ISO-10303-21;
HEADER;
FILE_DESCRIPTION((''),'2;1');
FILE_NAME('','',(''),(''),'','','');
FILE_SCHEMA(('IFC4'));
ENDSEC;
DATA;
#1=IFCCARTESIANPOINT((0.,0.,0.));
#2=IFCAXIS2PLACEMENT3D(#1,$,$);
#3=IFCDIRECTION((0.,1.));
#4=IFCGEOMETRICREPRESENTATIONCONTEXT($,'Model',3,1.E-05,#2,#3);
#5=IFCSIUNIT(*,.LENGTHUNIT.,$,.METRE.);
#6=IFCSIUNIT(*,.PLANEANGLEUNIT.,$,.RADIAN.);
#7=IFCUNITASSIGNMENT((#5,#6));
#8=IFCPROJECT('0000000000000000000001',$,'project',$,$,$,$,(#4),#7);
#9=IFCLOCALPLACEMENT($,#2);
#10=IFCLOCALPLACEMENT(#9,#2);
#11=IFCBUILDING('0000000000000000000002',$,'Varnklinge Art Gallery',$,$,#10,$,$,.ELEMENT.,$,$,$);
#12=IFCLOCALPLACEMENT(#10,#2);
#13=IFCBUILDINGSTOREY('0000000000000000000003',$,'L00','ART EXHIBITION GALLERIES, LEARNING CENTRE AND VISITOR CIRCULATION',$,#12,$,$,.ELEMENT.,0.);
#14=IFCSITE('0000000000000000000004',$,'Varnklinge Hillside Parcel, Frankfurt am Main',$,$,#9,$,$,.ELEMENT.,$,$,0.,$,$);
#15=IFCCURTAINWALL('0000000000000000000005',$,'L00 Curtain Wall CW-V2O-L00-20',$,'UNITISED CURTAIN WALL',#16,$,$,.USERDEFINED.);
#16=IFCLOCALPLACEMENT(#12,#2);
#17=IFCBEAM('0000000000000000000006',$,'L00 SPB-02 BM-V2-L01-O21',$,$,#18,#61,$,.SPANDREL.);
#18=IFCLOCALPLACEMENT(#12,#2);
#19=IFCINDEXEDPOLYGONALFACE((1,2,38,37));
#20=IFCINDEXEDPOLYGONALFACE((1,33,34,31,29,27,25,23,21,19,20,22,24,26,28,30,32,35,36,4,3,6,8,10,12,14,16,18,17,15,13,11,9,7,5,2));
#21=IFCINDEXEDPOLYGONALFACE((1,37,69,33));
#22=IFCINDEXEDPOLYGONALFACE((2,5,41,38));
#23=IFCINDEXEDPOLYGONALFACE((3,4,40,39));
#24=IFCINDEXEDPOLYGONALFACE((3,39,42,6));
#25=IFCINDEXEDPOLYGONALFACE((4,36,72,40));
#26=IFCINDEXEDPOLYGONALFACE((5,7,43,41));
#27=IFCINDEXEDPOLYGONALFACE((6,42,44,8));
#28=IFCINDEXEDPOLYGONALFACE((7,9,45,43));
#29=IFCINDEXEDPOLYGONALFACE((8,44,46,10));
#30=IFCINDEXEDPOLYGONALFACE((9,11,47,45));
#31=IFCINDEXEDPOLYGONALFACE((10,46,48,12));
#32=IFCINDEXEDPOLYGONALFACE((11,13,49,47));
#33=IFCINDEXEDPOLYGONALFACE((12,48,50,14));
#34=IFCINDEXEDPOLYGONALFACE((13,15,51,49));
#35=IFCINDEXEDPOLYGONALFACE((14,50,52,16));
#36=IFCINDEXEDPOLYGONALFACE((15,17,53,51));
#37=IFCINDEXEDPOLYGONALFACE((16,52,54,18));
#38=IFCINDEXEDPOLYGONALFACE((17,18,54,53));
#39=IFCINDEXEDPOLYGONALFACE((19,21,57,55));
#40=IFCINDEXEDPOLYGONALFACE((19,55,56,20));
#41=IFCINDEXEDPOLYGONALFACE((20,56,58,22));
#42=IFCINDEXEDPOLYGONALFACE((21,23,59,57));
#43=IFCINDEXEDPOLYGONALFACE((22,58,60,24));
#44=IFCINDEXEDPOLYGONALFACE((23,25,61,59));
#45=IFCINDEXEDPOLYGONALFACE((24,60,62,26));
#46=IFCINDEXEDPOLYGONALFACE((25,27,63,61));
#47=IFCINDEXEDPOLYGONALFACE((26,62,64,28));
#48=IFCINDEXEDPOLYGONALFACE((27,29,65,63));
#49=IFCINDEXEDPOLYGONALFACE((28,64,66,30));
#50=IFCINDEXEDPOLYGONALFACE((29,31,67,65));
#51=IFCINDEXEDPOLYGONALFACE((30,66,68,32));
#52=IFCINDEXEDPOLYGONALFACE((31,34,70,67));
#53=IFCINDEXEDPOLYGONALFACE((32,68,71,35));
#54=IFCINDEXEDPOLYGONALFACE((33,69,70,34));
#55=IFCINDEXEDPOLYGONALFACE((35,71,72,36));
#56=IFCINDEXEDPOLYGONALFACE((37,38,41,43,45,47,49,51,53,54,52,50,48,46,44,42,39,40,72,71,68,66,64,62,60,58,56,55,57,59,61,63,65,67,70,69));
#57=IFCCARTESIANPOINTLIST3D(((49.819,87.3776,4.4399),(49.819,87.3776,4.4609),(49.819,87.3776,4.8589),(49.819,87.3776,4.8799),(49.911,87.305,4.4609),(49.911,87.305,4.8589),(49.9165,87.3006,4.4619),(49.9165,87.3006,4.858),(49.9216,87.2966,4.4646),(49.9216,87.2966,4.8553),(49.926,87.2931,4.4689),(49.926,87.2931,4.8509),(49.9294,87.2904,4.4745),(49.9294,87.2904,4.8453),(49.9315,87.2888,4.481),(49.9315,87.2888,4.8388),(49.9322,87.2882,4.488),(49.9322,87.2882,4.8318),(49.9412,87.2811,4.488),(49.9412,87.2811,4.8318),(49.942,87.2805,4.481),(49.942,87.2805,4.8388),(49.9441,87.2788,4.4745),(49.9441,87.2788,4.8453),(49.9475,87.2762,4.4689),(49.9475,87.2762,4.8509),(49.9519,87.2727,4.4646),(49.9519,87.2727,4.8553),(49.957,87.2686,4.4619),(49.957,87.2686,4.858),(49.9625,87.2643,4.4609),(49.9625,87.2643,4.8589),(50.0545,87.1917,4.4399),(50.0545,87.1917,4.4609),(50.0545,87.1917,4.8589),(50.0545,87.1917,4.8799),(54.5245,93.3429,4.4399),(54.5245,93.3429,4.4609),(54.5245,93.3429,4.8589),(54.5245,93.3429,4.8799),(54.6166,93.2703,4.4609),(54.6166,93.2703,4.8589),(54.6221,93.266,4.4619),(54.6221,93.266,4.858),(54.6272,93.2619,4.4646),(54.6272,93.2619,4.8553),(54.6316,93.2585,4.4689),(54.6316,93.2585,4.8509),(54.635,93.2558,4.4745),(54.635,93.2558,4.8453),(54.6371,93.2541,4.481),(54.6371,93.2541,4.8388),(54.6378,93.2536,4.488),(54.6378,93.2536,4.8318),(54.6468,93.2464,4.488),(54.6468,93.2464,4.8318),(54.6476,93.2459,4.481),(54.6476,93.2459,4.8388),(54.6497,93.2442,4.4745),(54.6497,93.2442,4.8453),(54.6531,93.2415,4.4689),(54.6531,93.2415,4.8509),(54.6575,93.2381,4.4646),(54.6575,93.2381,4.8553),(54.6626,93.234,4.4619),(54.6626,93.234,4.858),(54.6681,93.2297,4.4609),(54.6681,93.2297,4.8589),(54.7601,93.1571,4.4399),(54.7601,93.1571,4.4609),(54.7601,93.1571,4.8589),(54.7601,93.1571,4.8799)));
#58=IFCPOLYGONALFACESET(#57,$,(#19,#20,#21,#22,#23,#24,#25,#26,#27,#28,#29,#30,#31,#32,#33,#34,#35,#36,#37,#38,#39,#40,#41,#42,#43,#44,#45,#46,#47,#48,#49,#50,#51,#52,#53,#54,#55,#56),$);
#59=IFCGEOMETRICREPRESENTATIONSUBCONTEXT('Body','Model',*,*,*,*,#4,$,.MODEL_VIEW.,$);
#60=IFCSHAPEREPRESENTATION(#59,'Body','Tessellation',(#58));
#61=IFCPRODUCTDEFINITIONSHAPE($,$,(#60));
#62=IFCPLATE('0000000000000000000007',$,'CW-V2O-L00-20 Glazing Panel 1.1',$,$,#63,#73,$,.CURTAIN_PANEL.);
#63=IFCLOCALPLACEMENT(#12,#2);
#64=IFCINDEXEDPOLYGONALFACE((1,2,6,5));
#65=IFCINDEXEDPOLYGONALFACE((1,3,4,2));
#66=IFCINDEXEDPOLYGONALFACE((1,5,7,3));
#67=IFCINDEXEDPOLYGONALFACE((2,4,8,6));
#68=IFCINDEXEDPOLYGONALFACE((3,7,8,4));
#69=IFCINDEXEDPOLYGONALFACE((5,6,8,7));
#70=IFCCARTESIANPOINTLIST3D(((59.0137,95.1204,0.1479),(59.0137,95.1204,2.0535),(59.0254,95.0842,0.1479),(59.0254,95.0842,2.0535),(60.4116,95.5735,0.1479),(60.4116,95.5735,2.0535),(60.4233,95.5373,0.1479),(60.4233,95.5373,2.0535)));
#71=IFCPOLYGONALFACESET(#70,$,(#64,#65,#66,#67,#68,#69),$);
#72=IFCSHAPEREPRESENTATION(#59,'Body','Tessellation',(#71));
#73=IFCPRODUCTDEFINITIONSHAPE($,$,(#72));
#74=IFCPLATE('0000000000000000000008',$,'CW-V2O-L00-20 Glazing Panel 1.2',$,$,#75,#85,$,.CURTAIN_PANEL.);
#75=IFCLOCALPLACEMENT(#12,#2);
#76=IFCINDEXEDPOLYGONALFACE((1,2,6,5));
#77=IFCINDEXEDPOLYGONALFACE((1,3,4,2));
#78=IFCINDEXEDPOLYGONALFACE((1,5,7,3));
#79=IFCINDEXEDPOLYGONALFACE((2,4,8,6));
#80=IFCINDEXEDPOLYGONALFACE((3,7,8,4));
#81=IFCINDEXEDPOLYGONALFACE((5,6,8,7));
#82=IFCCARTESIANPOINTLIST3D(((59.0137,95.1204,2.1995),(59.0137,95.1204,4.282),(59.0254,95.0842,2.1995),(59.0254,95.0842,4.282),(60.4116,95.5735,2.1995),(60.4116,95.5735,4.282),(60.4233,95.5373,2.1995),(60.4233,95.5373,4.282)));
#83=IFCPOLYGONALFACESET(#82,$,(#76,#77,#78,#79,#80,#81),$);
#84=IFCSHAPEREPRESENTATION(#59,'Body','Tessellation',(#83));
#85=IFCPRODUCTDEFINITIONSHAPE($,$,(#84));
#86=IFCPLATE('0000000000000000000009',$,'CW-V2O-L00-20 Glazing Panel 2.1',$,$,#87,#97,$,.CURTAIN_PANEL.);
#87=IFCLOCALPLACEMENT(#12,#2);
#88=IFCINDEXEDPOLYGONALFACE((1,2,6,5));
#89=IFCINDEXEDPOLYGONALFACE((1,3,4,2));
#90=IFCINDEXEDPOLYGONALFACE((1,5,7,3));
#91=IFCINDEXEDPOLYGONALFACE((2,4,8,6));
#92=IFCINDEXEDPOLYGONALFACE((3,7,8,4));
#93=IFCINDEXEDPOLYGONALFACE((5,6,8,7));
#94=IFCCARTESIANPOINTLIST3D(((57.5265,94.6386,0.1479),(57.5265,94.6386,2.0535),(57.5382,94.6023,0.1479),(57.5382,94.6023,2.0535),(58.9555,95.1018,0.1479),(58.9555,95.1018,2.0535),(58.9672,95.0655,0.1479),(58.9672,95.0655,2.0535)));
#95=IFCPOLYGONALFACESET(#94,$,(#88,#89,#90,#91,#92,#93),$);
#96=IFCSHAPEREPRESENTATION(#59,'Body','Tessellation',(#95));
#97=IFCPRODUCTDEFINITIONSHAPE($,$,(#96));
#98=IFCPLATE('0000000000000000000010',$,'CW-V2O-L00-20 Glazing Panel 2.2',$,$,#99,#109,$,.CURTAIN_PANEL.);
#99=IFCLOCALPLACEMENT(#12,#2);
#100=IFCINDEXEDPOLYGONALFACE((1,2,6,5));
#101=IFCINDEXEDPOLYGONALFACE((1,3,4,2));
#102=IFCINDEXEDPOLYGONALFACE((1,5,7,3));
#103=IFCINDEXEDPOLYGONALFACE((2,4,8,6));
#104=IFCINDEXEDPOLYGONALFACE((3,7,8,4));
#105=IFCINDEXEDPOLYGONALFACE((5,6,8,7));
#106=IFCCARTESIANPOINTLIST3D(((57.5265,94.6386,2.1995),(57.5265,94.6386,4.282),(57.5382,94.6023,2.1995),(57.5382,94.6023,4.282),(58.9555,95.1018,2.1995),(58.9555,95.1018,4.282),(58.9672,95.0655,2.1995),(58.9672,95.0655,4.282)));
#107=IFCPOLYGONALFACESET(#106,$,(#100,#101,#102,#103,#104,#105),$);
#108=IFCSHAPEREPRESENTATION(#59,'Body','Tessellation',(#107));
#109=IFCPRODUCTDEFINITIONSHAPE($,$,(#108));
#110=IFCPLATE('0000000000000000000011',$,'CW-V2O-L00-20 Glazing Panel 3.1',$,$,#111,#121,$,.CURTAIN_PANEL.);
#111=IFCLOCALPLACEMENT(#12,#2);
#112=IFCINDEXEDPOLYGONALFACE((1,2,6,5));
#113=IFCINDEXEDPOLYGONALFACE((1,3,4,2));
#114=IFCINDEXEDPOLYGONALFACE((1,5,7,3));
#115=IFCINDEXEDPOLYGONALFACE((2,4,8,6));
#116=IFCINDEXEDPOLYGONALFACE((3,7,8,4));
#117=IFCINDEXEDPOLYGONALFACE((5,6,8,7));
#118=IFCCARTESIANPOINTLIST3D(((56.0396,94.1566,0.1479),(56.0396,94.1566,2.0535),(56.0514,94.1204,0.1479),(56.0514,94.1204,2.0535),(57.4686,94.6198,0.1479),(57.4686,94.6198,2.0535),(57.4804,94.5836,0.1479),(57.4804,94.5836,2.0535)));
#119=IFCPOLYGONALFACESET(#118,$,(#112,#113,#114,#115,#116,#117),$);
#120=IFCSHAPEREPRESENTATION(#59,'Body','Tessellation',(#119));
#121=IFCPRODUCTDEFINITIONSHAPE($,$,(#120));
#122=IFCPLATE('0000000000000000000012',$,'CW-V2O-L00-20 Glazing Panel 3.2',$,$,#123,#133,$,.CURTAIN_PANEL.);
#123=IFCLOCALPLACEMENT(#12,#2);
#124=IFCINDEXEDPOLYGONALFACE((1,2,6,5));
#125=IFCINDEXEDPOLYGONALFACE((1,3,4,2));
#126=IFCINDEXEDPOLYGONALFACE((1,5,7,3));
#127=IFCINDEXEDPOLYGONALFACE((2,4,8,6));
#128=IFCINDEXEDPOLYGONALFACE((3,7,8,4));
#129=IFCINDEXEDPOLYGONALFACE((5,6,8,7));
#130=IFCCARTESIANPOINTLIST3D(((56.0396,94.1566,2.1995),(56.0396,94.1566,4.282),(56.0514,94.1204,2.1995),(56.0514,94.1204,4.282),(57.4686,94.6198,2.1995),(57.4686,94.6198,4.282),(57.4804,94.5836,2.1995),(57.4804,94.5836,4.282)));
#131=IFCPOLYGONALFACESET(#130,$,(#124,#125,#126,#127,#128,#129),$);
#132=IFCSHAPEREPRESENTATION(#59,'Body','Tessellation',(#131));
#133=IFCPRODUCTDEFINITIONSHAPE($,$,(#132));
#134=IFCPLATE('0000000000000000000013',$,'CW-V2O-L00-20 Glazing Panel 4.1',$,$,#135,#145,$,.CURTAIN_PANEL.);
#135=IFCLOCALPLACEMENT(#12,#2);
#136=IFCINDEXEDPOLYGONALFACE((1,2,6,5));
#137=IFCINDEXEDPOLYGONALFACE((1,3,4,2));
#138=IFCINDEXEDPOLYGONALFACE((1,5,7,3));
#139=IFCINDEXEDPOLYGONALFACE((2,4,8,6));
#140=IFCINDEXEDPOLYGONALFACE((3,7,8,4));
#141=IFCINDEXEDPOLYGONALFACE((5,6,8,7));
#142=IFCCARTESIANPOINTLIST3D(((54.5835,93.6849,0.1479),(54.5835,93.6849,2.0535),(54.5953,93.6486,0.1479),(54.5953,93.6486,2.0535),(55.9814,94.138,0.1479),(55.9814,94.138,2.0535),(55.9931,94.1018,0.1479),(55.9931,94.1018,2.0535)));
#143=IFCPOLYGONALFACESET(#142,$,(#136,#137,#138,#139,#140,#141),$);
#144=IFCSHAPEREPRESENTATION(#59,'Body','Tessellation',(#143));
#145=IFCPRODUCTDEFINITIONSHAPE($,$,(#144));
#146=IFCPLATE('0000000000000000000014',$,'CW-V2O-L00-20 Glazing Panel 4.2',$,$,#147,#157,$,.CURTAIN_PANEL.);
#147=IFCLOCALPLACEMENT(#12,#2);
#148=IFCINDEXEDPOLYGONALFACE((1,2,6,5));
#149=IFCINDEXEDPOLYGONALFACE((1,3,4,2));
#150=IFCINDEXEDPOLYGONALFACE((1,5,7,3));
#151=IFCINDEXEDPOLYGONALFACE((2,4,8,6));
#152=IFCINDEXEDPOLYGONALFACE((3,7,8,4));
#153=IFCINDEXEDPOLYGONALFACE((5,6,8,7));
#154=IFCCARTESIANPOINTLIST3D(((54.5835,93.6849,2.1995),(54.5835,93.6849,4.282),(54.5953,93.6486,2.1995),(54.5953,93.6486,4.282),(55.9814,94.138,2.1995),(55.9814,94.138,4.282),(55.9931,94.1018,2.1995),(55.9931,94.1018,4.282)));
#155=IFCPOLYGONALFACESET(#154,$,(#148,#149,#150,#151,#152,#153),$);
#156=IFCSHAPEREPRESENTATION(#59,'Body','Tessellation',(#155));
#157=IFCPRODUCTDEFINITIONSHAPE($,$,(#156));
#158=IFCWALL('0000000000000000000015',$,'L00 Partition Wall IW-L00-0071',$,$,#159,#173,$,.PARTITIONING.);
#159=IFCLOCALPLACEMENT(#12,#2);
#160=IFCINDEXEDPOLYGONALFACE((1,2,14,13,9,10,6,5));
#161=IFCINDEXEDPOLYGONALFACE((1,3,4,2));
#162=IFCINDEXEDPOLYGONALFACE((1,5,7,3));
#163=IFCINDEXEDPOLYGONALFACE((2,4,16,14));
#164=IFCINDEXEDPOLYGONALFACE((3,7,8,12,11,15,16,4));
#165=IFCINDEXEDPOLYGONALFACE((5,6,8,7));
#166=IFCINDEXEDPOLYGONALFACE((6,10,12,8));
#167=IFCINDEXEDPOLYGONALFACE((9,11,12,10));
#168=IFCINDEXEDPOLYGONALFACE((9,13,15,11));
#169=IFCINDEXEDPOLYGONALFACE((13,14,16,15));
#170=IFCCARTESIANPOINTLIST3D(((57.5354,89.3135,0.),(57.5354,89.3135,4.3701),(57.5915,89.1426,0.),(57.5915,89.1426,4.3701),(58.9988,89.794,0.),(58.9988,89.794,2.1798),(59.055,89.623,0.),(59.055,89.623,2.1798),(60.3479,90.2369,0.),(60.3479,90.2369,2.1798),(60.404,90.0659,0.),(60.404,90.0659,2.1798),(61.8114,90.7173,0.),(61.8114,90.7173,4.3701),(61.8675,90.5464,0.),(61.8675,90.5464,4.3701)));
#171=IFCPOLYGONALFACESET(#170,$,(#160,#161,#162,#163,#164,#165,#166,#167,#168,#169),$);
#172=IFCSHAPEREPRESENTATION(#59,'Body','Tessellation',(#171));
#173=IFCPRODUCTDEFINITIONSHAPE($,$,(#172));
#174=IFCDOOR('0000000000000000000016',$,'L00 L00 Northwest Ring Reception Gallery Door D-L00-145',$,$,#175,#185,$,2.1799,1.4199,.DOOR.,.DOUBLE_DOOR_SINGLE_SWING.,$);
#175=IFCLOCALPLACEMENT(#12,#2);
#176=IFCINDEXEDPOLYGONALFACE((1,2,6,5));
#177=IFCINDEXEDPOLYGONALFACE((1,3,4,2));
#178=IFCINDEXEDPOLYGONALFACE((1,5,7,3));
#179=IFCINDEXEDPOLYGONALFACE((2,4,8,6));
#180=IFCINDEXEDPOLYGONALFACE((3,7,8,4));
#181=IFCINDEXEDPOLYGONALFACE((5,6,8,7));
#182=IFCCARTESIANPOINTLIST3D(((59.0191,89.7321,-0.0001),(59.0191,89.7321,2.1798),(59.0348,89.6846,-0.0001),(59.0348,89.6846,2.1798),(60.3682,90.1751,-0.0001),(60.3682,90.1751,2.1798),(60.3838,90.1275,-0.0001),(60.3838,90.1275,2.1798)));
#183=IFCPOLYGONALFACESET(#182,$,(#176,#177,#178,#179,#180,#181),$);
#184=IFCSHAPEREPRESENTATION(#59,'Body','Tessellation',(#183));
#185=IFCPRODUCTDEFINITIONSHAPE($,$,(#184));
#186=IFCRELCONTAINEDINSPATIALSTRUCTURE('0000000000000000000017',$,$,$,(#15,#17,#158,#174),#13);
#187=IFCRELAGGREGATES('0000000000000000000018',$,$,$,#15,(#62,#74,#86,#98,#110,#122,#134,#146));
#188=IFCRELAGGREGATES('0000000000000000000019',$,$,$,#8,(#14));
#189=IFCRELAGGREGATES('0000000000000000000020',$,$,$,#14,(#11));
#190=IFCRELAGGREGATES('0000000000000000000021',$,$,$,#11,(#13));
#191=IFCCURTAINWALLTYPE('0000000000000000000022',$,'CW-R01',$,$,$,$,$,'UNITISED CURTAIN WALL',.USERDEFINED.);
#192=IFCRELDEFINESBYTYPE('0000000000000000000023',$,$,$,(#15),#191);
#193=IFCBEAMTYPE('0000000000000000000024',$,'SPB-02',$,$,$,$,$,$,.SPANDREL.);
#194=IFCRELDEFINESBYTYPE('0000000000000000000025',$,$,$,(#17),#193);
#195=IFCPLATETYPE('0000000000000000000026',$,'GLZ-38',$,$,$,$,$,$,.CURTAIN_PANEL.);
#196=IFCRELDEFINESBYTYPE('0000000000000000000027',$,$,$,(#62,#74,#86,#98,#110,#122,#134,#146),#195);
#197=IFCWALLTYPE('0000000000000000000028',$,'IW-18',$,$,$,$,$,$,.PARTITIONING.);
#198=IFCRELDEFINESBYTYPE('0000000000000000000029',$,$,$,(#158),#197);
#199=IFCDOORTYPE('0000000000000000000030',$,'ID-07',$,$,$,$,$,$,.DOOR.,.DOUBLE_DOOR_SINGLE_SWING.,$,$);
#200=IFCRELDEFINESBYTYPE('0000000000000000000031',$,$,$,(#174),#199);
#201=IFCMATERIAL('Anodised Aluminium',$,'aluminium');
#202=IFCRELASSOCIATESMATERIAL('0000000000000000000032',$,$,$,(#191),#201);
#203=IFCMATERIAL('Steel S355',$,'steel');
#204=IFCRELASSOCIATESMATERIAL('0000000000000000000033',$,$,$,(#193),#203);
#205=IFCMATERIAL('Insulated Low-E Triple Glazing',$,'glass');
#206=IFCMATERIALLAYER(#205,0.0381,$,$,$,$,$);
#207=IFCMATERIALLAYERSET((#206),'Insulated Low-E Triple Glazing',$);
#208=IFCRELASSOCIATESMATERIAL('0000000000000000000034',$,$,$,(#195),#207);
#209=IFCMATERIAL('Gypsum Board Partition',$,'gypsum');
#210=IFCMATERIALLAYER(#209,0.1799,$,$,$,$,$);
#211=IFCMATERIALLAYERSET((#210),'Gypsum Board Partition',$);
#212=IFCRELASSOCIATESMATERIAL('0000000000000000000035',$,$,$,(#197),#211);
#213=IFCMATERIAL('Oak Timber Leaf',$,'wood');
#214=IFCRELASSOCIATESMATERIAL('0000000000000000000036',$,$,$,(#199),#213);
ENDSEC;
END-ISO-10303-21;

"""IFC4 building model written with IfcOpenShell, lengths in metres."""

from ifc_helpers import new_model, si_unit, direction, frame, frame_2d, origin, origin_2d, place, context, subcontext, project, spatial, rectangle, i_section, extrude, material, layer, layer_set, material_profile, profile_set, type_object, element, fill, aggregate, save


model = new_model("IFC4")

# Units and contexts
model_context = context("Model", 3, precision=1e-05, world=origin(), true_north=direction((0.0, 1.0)))
body_context = subcontext(model_context, "Body", "Model", "MODEL_VIEW")
ifc_project = project(units=[si_unit("LENGTHUNIT", "METRE"), si_unit("PLANEANGLEUNIT", "RADIAN")], contexts=[model_context])

# Site, building, storey
site_placement = place(None, origin())
site = spatial("IfcSite", under=ifc_project, at=site_placement, Name="Varnklinge Hillside Parcel, Frankfurt am Main", CompositionType="ELEMENT", RefElevation=0.0)
building_placement = place(site_placement, origin())
building = spatial("IfcBuilding", under=site, at=building_placement, Name="Varnklinge Art Gallery", CompositionType="ELEMENT")
storey_placement = place(building_placement, origin())
storey = spatial("IfcBuildingStorey", under=building, at=storey_placement, Name="L00", Description="ART EXHIBITION GALLERIES, LEARNING CENTRE AND VISITOR CIRCULATION", CompositionType="ELEMENT", Elevation=0.0)

# Curtain wall
ifc_material_1 = material(Name="Anodised Aluminium", Category="aluminium")
curtain_wall_type = type_object("IfcCurtainWallType", Name="CW-R01", ElementType="UNITISED CURTAIN WALL", PredefinedType="USERDEFINED", material=ifc_material_1)
curtain_wall_placement = place(storey_placement, origin())
curtain_wall = element("IfcCurtainWall", 1, at=curtain_wall_placement, inside=storey, type_object=curtain_wall_type, Name="L00 Curtain Wall CW-V2O-L00-20", ObjectType="UNITISED CURTAIN WALL", PredefinedType="USERDEFINED")

# Beam
ifc_material_2 = material(Name="Steel S355", Category="steel")
ifc_material_profile_1 = material_profile(ifc_material_2, i_section(OverallWidth=0.3, OverallDepth=0.4399, WebThickness=0.0115, FlangeThickness=0.021, FilletRadius=0.0271, at=origin_2d()), Name="HEA 450")
ifc_profile_set_1 = profile_set([ifc_material_profile_1], Name="Steel S355")
beam_type_1 = type_object("IfcBeamType", Name="SPB-02", PredefinedType="SPANDREL", material=ifc_profile_set_1)
beam_1_placement = place(storey_placement, frame((54.6423, 93.25, 4.6599), z_axis=(-0.619328, -0.785133, 0.0), x_axis=(0.785133, -0.619328, 0.0)))
element("IfcBeam", 2, at=beam_1_placement, inside=storey, type_object=beam_type_1, Name="L00 SPB-02 BM-V2-L01-O21", PredefinedType="SPANDREL", context=body_context, shape_type="SweptSolid", body=[
    extrude(i_section(OverallWidth=0.3, OverallDepth=0.4399, WebThickness=0.0115, FlangeThickness=0.021, FilletRadius=0.0271, at=origin_2d()), origin(), (0.0, 0.0, 1.0), 7.5979),
])

# Plates
ifc_material_3 = material(Name="Insulated Low-E Triple Glazing", Category="glass")
ifc_layer_1 = layer(ifc_material_3, 0.0381)
ifc_layer_set_1 = layer_set([ifc_layer_1], Name="Insulated Low-E Triple Glazing")
plate_type = type_object("IfcPlateType", Name="GLZ-38", PredefinedType="CURTAIN_PANEL", material=ifc_layer_set_1)
plate_1_placement = place(storey_placement, frame((59.7185, 95.3289, 0.1479), z_axis=(0.0, 0.0, 1.0), x_axis=(-0.951272, -0.308353, 0.0)))
plate_1 = element("IfcPlate", 3, at=plate_1_placement, type_object=plate_type, Name="CW-V2O-L00-20 Glazing Panel 1.1", PredefinedType="CURTAIN_PANEL", context=body_context, shape_type="SweptSolid", body=[
    extrude(rectangle(XDim=1.4695, YDim=0.0381, at=origin_2d()), origin(), (0.0, 0.0, 1.0), 1.9055),
])
plate_2_placement = place(storey_placement, frame((59.7185, 95.3289, 2.1995), z_axis=(0.0, 0.0, 1.0), x_axis=(-0.951272, -0.308353, 0.0)))
plate_2 = element("IfcPlate", 4, at=plate_2_placement, type_object=plate_type, Name="CW-V2O-L00-20 Glazing Panel 1.2", PredefinedType="CURTAIN_PANEL", context=body_context, shape_type="SweptSolid", body=[
    extrude(rectangle(XDim=1.4695, YDim=0.0381, at=origin_2d()), origin(), (0.0, 0.0, 1.0), 2.0825),
])
plate_3_placement = place(storey_placement, frame((58.2468, 94.8521, 0.1479), z_axis=(0.0, 0.0, 1.0), x_axis=(-0.951272, -0.308353, 0.0)))
plate_3 = element("IfcPlate", 5, at=plate_3_placement, type_object=plate_type, Name="CW-V2O-L00-20 Glazing Panel 2.1", PredefinedType="CURTAIN_PANEL", context=body_context, shape_type="SweptSolid", body=[
    extrude(rectangle(XDim=1.5022, YDim=0.0381, at=origin_2d()), origin(), (0.0, 0.0, 1.0), 1.9055),
])
plate_4_placement = place(storey_placement, frame((58.2468, 94.8521, 2.1995), z_axis=(0.0, 0.0, 1.0), x_axis=(-0.951272, -0.308353, 0.0)))
plate_4 = element("IfcPlate", 6, at=plate_4_placement, type_object=plate_type, Name="CW-V2O-L00-20 Glazing Panel 2.2", PredefinedType="CURTAIN_PANEL", context=body_context, shape_type="SweptSolid", body=[
    extrude(rectangle(XDim=1.5022, YDim=0.0381, at=origin_2d()), origin(), (0.0, 0.0, 1.0), 2.0825),
])
plate_5_placement = place(storey_placement, frame((56.76, 94.3701, 0.1479), z_axis=(0.0, 0.0, 1.0), x_axis=(-0.951272, -0.308353, 0.0)))
plate_5 = element("IfcPlate", 7, at=plate_5_placement, type_object=plate_type, Name="CW-V2O-L00-20 Glazing Panel 3.1", PredefinedType="CURTAIN_PANEL", context=body_context, shape_type="SweptSolid", body=[
    extrude(rectangle(XDim=1.5022, YDim=0.0381, at=origin_2d()), origin(), (0.0, 0.0, 1.0), 1.9055),
])
plate_6_placement = place(storey_placement, frame((56.76, 94.3701, 2.1995), z_axis=(0.0, 0.0, 1.0), x_axis=(-0.951272, -0.308353, 0.0)))
plate_6 = element("IfcPlate", 8, at=plate_6_placement, type_object=plate_type, Name="CW-V2O-L00-20 Glazing Panel 3.2", PredefinedType="CURTAIN_PANEL", context=body_context, shape_type="SweptSolid", body=[
    extrude(rectangle(XDim=1.5022, YDim=0.0381, at=origin_2d()), origin(), (0.0, 0.0, 1.0), 2.0825),
])
plate_7_placement = place(storey_placement, frame((55.2883, 93.8933, 0.1479), z_axis=(0.0, 0.0, 1.0), x_axis=(-0.951272, -0.308353, 0.0)))
plate_7 = element("IfcPlate", 9, at=plate_7_placement, type_object=plate_type, Name="CW-V2O-L00-20 Glazing Panel 4.1", PredefinedType="CURTAIN_PANEL", context=body_context, shape_type="SweptSolid", body=[
    extrude(rectangle(XDim=1.4695, YDim=0.0381, at=origin_2d()), origin(), (0.0, 0.0, 1.0), 1.9055),
])
plate_8_placement = place(storey_placement, frame((55.2883, 93.8933, 2.1995), z_axis=(0.0, 0.0, 1.0), x_axis=(-0.951272, -0.308353, 0.0)))
plate_8 = element("IfcPlate", 10, at=plate_8_placement, type_object=plate_type, Name="CW-V2O-L00-20 Glazing Panel 4.2", PredefinedType="CURTAIN_PANEL", context=body_context, shape_type="SweptSolid", body=[
    extrude(rectangle(XDim=1.4695, YDim=0.0381, at=origin_2d()), origin(), (0.0, 0.0, 1.0), 2.0825),
])
aggregate(curtain_wall, [plate_1, plate_2, plate_3, plate_4, plate_5, plate_6, plate_7, plate_8])

# Wall, opening, door
ifc_material_4 = material(Name="Gypsum Board Partition", Category="gypsum")
ifc_layer_2 = layer(ifc_material_4, 0.1799)
ifc_layer_set_2 = layer_set([ifc_layer_2], Name="Gypsum Board Partition")
wall_type = type_object("IfcWallType", Name="IW-18", PredefinedType="PARTITIONING", material=ifc_layer_set_2)
wall_1_placement = place(storey_placement, frame((57.5635, 89.228, 0.0), z_axis=(0.0, 0.0, 1.0), x_axis=(0.950106, 0.311928, 0.0)))
wall_1 = element("IfcWall", 11, at=wall_1_placement, inside=storey, type_object=wall_type, Name="L00 Partition Wall IW-L00-0071", PredefinedType="PARTITIONING", context=body_context, shape_type="SweptSolid", body=[
    extrude(rectangle(XDim=4.5005, YDim=0.1799, at=frame_2d((2.2502, 0.0))), origin(), (0.0, 0.0, 1.0), 4.3701),
])
opening_1_placement = place(wall_1_placement, frame((1.5403, 0.0, 0.0)))
opening_1 = element("IfcOpeningElement", 12, at=opening_1_placement, cuts=wall_1, PredefinedType="OPENING", context=body_context, shape_type="SweptSolid", body=[
    extrude(rectangle(XDim=1.4199, YDim=2.1799, at=frame_2d((0.71, 1.0898))), frame((0.0, 0.0999, 0.0), z_axis=(0.0, -1.0, 0.0), x_axis=(1.0, 0.0, 0.0)), (0.0, 0.0, 1.0), 0.2),
])
ifc_material_5 = material(Name="Oak Timber Leaf", Category="wood")
door_type_1 = type_object("IfcDoorType", Name="ID-07", OperationType="DOUBLE_DOOR_SINGLE_SWING", PredefinedType="DOOR", material=ifc_material_5)
door_1_placement = place(opening_1_placement, origin())
door_1 = element("IfcDoor", 13, at=door_1_placement, inside=storey, type_object=door_type_1, Name="L00 L00 Northwest Ring Reception Gallery Door D-L00-145", OperationType="DOUBLE_DOOR_SINGLE_SWING", OverallHeight=2.1799, OverallWidth=1.4199, PredefinedType="DOOR", context=body_context, shape_type="SweptSolid", body=[
    extrude(rectangle(XDim=1.4199, YDim=2.1799, at=frame_2d((0.71, 1.0898))), frame((0.0, 0.0249, 0.0), z_axis=(0.0, -1.0, 0.0), x_axis=(1.0, 0.0, 0.0)), (0.0, 0.0, 1.0), 0.05),
])
fill(opening_1, door_1)

save(model, "model.ifc")
